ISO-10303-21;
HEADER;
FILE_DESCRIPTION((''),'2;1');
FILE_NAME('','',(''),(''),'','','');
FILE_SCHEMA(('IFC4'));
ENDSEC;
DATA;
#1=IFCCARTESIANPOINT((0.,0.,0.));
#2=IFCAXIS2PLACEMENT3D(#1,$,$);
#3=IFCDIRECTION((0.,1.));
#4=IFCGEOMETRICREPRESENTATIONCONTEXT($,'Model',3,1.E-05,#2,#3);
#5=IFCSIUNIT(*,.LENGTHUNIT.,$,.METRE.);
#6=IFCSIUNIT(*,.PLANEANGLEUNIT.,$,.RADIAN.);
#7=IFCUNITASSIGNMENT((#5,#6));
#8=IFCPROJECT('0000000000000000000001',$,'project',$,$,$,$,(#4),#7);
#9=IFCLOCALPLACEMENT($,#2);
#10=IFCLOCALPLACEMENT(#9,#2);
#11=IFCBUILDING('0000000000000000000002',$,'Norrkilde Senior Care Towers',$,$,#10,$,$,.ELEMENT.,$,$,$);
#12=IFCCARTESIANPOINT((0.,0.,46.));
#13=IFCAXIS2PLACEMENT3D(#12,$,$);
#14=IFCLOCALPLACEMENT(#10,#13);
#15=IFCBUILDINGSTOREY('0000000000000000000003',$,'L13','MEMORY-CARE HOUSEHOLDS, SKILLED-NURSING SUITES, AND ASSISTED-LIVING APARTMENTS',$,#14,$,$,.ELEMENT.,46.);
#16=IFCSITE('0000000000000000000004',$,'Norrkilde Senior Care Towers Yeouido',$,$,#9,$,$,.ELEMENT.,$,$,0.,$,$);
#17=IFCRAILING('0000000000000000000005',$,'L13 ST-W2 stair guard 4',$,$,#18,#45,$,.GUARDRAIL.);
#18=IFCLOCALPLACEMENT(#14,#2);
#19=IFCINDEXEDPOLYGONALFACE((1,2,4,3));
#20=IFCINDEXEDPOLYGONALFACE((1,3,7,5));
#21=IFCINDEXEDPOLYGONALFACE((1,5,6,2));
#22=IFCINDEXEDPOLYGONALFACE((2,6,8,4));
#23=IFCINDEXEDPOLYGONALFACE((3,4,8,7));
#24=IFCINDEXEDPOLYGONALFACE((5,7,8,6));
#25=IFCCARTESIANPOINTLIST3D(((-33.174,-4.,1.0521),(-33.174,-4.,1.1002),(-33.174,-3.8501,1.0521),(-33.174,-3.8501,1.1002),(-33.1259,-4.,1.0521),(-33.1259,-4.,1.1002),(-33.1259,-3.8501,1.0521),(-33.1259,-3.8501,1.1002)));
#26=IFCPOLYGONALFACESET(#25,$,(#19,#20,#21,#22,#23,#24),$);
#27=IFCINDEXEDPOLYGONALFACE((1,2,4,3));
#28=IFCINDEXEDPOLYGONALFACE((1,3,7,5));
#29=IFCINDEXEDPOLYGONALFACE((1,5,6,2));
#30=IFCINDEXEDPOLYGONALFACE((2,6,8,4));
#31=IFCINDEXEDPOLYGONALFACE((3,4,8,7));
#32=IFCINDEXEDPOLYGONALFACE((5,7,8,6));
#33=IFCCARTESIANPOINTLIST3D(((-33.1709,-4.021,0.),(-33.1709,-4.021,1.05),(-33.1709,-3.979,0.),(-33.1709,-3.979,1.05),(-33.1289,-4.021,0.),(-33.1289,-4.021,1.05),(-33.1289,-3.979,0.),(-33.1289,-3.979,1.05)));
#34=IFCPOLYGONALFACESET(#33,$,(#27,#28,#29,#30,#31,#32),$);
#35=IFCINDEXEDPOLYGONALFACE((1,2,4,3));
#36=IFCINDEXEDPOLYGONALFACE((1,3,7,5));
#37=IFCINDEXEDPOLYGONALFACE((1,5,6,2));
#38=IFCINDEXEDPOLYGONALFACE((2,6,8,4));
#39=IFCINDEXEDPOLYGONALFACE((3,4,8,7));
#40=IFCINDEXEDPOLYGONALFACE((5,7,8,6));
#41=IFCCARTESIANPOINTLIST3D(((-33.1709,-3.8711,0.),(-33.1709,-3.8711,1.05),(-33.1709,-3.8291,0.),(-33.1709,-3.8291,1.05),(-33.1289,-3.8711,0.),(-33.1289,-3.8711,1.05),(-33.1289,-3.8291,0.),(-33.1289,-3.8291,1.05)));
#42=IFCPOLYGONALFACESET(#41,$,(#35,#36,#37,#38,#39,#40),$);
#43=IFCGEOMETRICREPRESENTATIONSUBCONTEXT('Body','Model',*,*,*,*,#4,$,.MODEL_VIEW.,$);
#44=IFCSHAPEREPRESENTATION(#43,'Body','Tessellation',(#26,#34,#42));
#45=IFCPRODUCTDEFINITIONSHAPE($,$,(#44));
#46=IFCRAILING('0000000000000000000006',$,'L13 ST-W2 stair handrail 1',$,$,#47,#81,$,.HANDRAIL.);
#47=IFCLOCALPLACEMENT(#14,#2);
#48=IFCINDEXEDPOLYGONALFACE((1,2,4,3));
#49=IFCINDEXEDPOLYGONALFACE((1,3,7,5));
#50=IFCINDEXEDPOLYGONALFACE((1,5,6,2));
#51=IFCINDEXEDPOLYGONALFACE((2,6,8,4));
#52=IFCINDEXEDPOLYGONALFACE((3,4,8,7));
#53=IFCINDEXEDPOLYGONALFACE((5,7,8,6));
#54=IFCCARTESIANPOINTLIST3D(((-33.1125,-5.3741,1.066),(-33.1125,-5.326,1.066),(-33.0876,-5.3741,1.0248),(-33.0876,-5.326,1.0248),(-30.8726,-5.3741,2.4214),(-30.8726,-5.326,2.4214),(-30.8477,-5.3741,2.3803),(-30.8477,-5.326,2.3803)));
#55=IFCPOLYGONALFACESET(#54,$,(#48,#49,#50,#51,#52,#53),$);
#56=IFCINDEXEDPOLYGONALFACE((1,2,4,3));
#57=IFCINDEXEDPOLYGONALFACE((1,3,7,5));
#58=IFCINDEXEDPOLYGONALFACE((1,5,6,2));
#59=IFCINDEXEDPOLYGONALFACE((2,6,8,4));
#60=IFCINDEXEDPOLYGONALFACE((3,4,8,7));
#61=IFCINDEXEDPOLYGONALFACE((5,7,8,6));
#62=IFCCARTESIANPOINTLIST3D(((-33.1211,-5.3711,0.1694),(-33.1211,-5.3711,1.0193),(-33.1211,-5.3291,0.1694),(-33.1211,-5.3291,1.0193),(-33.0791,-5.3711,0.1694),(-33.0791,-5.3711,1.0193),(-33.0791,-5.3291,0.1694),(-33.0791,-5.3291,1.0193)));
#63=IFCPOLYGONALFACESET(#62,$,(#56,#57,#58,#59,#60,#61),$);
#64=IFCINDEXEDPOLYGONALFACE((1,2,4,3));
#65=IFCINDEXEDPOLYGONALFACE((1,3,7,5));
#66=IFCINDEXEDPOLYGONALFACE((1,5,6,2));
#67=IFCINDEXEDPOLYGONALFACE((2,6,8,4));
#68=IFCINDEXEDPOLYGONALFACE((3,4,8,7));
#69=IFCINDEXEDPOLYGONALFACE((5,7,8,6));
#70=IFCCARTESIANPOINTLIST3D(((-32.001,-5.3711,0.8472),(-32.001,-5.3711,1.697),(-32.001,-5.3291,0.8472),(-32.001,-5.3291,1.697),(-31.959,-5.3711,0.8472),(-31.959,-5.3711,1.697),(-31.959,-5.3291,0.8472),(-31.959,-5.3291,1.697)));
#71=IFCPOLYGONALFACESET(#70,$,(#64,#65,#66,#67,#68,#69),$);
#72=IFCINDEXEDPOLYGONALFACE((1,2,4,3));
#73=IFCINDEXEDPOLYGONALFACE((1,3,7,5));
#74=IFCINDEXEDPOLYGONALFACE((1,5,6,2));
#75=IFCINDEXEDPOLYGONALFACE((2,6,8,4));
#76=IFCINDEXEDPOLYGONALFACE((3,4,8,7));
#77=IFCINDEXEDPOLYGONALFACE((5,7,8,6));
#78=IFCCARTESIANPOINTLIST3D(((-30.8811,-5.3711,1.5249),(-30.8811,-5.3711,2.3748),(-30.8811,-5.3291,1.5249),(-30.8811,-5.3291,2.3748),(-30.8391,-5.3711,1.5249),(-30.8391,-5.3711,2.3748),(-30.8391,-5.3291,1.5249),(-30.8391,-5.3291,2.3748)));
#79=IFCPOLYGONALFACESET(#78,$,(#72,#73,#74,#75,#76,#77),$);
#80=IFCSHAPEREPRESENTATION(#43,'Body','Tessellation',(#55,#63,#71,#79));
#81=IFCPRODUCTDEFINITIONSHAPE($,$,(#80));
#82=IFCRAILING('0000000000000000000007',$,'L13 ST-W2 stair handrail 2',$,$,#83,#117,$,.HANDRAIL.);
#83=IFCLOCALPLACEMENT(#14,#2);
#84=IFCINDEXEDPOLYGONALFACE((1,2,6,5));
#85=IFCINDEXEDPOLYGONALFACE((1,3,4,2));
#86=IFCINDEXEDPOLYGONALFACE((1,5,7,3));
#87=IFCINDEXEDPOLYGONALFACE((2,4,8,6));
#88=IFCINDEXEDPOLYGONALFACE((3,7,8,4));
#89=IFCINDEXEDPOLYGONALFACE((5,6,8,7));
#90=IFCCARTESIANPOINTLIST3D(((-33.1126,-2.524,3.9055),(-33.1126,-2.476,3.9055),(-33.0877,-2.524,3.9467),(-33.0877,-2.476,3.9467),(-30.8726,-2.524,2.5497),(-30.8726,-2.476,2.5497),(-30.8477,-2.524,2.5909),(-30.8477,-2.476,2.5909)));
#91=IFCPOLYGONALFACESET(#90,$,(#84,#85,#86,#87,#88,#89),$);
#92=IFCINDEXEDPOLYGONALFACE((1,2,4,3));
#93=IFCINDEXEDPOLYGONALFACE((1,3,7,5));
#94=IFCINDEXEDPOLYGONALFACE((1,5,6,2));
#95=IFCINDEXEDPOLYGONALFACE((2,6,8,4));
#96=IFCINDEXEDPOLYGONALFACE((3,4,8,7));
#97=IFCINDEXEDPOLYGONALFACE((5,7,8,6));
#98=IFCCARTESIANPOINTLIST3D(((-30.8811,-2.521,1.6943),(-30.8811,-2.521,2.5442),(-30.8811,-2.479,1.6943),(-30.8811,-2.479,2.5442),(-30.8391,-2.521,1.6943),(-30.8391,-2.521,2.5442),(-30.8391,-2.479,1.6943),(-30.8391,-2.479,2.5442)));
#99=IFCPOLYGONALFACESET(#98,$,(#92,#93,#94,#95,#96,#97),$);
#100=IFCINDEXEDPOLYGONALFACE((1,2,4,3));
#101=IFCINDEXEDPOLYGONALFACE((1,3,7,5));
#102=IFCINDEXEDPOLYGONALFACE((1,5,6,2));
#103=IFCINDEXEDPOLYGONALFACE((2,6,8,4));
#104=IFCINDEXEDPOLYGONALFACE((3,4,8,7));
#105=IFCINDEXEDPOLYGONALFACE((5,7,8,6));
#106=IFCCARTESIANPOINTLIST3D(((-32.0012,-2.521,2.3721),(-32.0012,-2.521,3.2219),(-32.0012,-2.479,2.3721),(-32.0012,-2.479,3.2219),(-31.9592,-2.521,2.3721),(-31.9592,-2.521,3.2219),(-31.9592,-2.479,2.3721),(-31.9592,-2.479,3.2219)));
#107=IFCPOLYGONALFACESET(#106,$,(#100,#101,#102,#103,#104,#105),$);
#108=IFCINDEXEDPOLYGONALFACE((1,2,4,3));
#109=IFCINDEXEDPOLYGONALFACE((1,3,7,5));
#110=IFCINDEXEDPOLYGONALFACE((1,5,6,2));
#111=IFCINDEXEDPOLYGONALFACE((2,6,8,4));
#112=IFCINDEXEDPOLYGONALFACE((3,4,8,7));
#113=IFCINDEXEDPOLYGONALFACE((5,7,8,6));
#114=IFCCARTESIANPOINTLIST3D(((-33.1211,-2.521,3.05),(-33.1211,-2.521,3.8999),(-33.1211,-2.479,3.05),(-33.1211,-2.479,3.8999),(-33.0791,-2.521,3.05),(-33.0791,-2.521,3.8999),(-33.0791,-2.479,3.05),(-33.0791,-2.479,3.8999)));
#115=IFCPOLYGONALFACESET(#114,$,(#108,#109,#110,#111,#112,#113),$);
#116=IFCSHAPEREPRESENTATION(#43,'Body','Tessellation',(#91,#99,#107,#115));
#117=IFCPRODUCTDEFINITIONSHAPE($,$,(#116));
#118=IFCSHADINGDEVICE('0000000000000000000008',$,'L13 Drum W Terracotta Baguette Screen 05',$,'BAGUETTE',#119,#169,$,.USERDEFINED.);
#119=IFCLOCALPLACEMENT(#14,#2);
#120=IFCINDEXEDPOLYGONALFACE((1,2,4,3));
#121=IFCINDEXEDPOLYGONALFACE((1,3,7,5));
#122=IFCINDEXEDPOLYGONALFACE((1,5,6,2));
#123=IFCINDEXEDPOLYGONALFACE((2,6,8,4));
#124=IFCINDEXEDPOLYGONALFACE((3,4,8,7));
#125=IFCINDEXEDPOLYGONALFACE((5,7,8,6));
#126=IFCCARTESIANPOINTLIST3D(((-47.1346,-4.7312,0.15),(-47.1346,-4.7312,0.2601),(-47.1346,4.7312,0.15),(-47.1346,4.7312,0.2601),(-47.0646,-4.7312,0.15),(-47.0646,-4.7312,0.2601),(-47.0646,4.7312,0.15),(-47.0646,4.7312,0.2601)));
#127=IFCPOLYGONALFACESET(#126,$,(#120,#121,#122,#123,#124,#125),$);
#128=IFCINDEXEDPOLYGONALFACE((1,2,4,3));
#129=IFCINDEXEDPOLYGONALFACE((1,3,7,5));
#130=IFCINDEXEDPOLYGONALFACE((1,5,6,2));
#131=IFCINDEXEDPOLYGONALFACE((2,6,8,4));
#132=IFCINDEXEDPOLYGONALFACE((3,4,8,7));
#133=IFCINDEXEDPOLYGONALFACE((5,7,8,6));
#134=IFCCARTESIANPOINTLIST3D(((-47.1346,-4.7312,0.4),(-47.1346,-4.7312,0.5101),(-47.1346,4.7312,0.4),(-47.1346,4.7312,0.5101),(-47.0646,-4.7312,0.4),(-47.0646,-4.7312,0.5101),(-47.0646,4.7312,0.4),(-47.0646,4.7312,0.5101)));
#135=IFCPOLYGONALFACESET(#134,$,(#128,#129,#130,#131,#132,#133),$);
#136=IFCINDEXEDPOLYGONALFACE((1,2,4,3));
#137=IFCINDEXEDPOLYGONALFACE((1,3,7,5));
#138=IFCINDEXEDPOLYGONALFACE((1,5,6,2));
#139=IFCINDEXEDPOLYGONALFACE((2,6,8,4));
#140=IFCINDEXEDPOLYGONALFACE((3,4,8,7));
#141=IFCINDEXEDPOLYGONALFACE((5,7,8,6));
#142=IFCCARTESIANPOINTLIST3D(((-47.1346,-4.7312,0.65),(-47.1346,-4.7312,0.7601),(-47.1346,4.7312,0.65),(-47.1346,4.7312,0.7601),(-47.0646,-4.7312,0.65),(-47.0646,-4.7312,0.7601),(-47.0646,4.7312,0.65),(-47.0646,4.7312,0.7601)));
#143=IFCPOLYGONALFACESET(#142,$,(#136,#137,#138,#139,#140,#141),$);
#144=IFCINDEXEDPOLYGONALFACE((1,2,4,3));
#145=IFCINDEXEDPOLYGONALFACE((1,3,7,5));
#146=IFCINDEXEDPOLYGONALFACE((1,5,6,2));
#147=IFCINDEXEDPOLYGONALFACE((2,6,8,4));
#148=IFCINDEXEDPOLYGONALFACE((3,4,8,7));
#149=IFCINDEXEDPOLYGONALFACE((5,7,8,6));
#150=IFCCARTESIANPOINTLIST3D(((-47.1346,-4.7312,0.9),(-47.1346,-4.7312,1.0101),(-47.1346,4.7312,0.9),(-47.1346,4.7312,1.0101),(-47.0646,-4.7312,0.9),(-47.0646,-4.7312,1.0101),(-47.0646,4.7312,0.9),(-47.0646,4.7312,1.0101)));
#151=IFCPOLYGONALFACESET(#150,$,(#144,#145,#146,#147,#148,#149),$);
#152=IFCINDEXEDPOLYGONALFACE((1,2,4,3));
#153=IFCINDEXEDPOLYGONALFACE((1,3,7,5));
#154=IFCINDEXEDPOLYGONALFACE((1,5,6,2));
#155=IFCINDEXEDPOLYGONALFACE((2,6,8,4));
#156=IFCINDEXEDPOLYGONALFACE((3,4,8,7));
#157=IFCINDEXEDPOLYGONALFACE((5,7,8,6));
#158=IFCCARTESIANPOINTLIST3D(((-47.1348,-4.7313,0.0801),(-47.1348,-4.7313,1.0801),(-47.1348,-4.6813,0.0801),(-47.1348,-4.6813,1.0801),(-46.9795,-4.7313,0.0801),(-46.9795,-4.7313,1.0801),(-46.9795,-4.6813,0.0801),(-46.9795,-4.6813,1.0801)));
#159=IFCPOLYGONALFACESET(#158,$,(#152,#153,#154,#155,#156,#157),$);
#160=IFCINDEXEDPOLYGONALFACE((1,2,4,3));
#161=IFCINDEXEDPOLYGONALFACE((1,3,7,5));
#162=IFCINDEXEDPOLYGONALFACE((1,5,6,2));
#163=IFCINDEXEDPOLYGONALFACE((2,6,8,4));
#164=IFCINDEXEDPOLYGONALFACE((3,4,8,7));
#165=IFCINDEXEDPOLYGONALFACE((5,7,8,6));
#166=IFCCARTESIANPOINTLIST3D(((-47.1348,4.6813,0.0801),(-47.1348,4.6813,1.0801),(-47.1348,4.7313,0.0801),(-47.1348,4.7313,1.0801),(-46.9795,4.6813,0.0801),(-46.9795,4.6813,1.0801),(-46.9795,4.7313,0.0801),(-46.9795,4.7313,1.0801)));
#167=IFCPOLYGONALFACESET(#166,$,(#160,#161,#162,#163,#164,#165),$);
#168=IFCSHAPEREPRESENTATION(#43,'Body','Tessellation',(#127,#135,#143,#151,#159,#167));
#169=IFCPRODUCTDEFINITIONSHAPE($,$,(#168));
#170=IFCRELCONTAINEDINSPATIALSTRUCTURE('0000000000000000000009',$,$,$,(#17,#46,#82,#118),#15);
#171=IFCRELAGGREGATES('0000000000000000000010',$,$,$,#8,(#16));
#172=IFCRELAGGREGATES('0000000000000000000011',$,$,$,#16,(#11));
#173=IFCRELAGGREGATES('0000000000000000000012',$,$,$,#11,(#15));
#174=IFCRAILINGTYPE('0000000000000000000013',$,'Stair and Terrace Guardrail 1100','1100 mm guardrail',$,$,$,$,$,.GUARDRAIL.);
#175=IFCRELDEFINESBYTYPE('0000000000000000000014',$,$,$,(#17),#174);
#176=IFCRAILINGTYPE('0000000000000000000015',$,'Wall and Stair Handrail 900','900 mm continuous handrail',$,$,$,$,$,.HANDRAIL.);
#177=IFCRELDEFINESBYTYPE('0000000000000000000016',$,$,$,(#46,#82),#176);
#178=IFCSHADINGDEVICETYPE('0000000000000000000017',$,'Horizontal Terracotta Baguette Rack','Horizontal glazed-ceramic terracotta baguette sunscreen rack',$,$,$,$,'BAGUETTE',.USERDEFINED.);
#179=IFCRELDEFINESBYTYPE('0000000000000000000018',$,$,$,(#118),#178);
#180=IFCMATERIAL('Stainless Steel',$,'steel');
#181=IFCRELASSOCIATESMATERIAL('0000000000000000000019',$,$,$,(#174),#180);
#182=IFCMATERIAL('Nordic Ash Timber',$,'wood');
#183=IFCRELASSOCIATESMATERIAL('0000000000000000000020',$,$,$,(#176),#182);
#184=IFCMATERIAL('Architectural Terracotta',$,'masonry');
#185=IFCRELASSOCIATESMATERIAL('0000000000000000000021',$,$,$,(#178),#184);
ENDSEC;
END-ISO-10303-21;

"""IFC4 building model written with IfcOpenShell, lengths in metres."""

from ifc_helpers import new_model, si_unit, direction, frame, origin, origin_2d, place, context, subcontext, project, spatial, rectangle, extrude, source, transform, mapped, material, type_object, type_shapes, element, save


model = new_model("IFC4")

# Units and contexts
model_context = context("Model", 3, precision=1e-05, world=origin(), true_north=direction((0.0, 1.0)))
body_context = subcontext(model_context, "Body", "Model", "MODEL_VIEW")
ifc_project = project(units=[si_unit("LENGTHUNIT", "METRE"), si_unit("PLANEANGLEUNIT", "RADIAN")], contexts=[model_context])

# Site, building, storey
site_placement = place(None, origin())
site = spatial("IfcSite", under=ifc_project, at=site_placement, Name="Norrkilde Senior Care Towers Yeouido", CompositionType="ELEMENT", RefElevation=0.0)
building_placement = place(site_placement, origin())
building = spatial("IfcBuilding", under=site, at=building_placement, Name="Norrkilde Senior Care Towers", CompositionType="ELEMENT")
storey_placement = place(building_placement, frame((0.0, 0.0, 46.0)))
storey = spatial("IfcBuildingStorey", under=building, at=storey_placement, Name="L13", Description="MEMORY-CARE HOUSEHOLDS, SKILLED-NURSING SUITES, AND ASSISTED-LIVING APARTMENTS", CompositionType="ELEMENT", Elevation=46.0)

# Shared definitions
ifc_material_1 = material(Name="Stainless Steel", Category="steel")

# Railings
railing_type_1 = type_object("IfcRailingType", Name="Stair and Terrace Guardrail 1100", Description="1100 mm guardrail", PredefinedType="GUARDRAIL", material=ifc_material_1)
railing_1_placement = place(storey_placement, frame((-33.1499, -4.0, 0.0)))
element("IfcRailing", 1, at=railing_1_placement, inside=storey, type_object=railing_type_1, Name="L13 ST-W2 stair guard 4", PredefinedType="GUARDRAIL", context=body_context, shape_type="SweptSolid", body=[
    extrude(rectangle(XDim=0.0481, YDim=0.0481, at=origin_2d()), frame((0.0, 0.0, 1.0762), z_axis=(0.0, 1.0, 0.0), x_axis=(-1.0, 0.0, 0.0)), (0.0, 0.0, 1.0), 0.1499),
    extrude(rectangle(XDim=0.042, YDim=0.042, at=origin_2d()), origin(), (0.0, 0.0, 1.0), 1.05),
    extrude(rectangle(XDim=0.042, YDim=0.042, at=origin_2d()), frame((0.0, 0.1499, 0.0)), (0.0, 0.0, 1.0), 1.05),
])
ifc_material_2 = material(Name="Nordic Ash Timber", Category="wood")
railing_type_2 = type_object("IfcRailingType", Name="Wall and Stair Handrail 900", Description="900 mm continuous handrail", PredefinedType="HANDRAIL", material=ifc_material_2)
railing_2_placement = place(storey_placement, frame((-33.1001, -5.3501, 0.1694)))
element("IfcRailing", 2, at=railing_2_placement, inside=storey, type_object=railing_type_2, Name="L13 ST-W2 stair handrail 1", PredefinedType="HANDRAIL", context=body_context, shape_type="SweptSolid", body=[
    extrude(rectangle(XDim=0.0481, YDim=0.0481, at=origin_2d()), frame((0.0, 0.0, 0.876), z_axis=(0.855553, 0.0, 0.517715), x_axis=(0.0, 1.0, 0.0)), (0.0, 0.0, 1.0), 2.6182),
    extrude(rectangle(XDim=0.042, YDim=0.042, at=origin_2d()), origin(), (0.0, 0.0, 1.0), 0.8499),
    extrude(rectangle(XDim=0.042, YDim=0.042, at=origin_2d()), frame((1.1201, 0.0, 0.6777)), (0.0, 0.0, 1.0), 0.8499),
    extrude(rectangle(XDim=0.042, YDim=0.042, at=origin_2d()), frame((2.24, 0.0, 1.3555)), (0.0, 0.0, 1.0), 0.8499),
])
railing_3_placement = place(storey_placement, frame((-30.8601, -2.5, 1.6943)))
element("IfcRailing", 3, at=railing_3_placement, inside=storey, type_object=railing_type_2, Name="L13 ST-W2 stair handrail 2", PredefinedType="HANDRAIL", context=body_context, shape_type="SweptSolid", body=[
    extrude(rectangle(XDim=0.0481, YDim=0.0481, at=origin_2d()), frame((0.0, 0.0, 0.876), z_axis=(-0.855512, 0.0, 0.517783), x_axis=(0.0, -1.0, 0.0)), (0.0, 0.0, 1.0), 2.6184),
    extrude(rectangle(XDim=0.042, YDim=0.042, at=origin_2d()), origin(), (0.0, 0.0, 1.0), 0.8499),
    extrude(rectangle(XDim=0.042, YDim=0.042, at=origin_2d()), frame((-1.1201, 0.0, 0.6777)), (0.0, 0.0, 1.0), 0.8499),
    extrude(rectangle(XDim=0.042, YDim=0.042, at=origin_2d()), frame((-2.24, 0.0, 1.3557)), (0.0, 0.0, 1.0), 0.8499),
])

# Shading device
ifc_material_3 = material(Name="Architectural Terracotta", Category="masonry")
shading_device_type = type_object("IfcShadingDeviceType", Name="Horizontal Terracotta Baguette Rack", Description="Horizontal glazed-ceramic terracotta baguette sunscreen rack", ElementType="BAGUETTE", PredefinedType="USERDEFINED", material=ifc_material_3)
shared_shape_1 = source(origin(), body_context, "Body", "SweptSolid", [
    extrude(rectangle(XDim=0.0701, YDim=0.1101, at=origin_2d()), frame((0.0, 0.0901, 0.125), z_axis=(1.0, 0.0, 0.0), x_axis=(0.0, 1.0, 0.0)), (0.0, 0.0, 1.0), 9.4624),
    extrude(rectangle(XDim=0.0701, YDim=0.1101, at=origin_2d()), frame((0.0, 0.0901, 0.375), z_axis=(1.0, 0.0, 0.0), x_axis=(0.0, 1.0, 0.0)), (0.0, 0.0, 1.0), 9.4624),
    extrude(rectangle(XDim=0.0701, YDim=0.1101, at=origin_2d()), frame((0.0, 0.0901, 0.625), z_axis=(1.0, 0.0, 0.0), x_axis=(0.0, 1.0, 0.0)), (0.0, 0.0, 1.0), 9.4624),
    extrude(rectangle(XDim=0.0701, YDim=0.1101, at=origin_2d()), frame((0.0, 0.0901, 0.875), z_axis=(1.0, 0.0, 0.0), x_axis=(0.0, 1.0, 0.0)), (0.0, 0.0, 1.0), 9.4624),
    extrude(rectangle(XDim=0.05, YDim=0.1553, at=origin_2d()), frame((0.0249, 0.0476, 0.0)), (0.0, 0.0, 1.0), 1.0),
    extrude(rectangle(XDim=0.05, YDim=0.1553, at=origin_2d()), frame((9.4375, 0.0476, 0.0)), (0.0, 0.0, 1.0), 1.0),
])
type_shapes(shading_device_type, [shared_shape_1])
shading_device_placement = place(storey_placement, frame((-47.0095, -4.7312, 0.0801), z_axis=(0.0, 0.0, 1.0), x_axis=(0.0, 1.0, 0.0)))
element("IfcShadingDevice", 4, at=shading_device_placement, inside=storey, type_object=shading_device_type, Name="L13 Drum W Terracotta Baguette Screen 05", ObjectType="BAGUETTE", PredefinedType="USERDEFINED", context=body_context, shape_type="MappedRepresentation", body=[
    mapped(shared_shape_1, transform((0.0, 0.0, 0.0), x_axis=(1.0, 0.0, 0.0), y_axis=(0.0, 1.0, 0.0), z_axis=(0.0, 0.0, 1.0), scale=1.0)),
])

save(model, "model.ifc")
